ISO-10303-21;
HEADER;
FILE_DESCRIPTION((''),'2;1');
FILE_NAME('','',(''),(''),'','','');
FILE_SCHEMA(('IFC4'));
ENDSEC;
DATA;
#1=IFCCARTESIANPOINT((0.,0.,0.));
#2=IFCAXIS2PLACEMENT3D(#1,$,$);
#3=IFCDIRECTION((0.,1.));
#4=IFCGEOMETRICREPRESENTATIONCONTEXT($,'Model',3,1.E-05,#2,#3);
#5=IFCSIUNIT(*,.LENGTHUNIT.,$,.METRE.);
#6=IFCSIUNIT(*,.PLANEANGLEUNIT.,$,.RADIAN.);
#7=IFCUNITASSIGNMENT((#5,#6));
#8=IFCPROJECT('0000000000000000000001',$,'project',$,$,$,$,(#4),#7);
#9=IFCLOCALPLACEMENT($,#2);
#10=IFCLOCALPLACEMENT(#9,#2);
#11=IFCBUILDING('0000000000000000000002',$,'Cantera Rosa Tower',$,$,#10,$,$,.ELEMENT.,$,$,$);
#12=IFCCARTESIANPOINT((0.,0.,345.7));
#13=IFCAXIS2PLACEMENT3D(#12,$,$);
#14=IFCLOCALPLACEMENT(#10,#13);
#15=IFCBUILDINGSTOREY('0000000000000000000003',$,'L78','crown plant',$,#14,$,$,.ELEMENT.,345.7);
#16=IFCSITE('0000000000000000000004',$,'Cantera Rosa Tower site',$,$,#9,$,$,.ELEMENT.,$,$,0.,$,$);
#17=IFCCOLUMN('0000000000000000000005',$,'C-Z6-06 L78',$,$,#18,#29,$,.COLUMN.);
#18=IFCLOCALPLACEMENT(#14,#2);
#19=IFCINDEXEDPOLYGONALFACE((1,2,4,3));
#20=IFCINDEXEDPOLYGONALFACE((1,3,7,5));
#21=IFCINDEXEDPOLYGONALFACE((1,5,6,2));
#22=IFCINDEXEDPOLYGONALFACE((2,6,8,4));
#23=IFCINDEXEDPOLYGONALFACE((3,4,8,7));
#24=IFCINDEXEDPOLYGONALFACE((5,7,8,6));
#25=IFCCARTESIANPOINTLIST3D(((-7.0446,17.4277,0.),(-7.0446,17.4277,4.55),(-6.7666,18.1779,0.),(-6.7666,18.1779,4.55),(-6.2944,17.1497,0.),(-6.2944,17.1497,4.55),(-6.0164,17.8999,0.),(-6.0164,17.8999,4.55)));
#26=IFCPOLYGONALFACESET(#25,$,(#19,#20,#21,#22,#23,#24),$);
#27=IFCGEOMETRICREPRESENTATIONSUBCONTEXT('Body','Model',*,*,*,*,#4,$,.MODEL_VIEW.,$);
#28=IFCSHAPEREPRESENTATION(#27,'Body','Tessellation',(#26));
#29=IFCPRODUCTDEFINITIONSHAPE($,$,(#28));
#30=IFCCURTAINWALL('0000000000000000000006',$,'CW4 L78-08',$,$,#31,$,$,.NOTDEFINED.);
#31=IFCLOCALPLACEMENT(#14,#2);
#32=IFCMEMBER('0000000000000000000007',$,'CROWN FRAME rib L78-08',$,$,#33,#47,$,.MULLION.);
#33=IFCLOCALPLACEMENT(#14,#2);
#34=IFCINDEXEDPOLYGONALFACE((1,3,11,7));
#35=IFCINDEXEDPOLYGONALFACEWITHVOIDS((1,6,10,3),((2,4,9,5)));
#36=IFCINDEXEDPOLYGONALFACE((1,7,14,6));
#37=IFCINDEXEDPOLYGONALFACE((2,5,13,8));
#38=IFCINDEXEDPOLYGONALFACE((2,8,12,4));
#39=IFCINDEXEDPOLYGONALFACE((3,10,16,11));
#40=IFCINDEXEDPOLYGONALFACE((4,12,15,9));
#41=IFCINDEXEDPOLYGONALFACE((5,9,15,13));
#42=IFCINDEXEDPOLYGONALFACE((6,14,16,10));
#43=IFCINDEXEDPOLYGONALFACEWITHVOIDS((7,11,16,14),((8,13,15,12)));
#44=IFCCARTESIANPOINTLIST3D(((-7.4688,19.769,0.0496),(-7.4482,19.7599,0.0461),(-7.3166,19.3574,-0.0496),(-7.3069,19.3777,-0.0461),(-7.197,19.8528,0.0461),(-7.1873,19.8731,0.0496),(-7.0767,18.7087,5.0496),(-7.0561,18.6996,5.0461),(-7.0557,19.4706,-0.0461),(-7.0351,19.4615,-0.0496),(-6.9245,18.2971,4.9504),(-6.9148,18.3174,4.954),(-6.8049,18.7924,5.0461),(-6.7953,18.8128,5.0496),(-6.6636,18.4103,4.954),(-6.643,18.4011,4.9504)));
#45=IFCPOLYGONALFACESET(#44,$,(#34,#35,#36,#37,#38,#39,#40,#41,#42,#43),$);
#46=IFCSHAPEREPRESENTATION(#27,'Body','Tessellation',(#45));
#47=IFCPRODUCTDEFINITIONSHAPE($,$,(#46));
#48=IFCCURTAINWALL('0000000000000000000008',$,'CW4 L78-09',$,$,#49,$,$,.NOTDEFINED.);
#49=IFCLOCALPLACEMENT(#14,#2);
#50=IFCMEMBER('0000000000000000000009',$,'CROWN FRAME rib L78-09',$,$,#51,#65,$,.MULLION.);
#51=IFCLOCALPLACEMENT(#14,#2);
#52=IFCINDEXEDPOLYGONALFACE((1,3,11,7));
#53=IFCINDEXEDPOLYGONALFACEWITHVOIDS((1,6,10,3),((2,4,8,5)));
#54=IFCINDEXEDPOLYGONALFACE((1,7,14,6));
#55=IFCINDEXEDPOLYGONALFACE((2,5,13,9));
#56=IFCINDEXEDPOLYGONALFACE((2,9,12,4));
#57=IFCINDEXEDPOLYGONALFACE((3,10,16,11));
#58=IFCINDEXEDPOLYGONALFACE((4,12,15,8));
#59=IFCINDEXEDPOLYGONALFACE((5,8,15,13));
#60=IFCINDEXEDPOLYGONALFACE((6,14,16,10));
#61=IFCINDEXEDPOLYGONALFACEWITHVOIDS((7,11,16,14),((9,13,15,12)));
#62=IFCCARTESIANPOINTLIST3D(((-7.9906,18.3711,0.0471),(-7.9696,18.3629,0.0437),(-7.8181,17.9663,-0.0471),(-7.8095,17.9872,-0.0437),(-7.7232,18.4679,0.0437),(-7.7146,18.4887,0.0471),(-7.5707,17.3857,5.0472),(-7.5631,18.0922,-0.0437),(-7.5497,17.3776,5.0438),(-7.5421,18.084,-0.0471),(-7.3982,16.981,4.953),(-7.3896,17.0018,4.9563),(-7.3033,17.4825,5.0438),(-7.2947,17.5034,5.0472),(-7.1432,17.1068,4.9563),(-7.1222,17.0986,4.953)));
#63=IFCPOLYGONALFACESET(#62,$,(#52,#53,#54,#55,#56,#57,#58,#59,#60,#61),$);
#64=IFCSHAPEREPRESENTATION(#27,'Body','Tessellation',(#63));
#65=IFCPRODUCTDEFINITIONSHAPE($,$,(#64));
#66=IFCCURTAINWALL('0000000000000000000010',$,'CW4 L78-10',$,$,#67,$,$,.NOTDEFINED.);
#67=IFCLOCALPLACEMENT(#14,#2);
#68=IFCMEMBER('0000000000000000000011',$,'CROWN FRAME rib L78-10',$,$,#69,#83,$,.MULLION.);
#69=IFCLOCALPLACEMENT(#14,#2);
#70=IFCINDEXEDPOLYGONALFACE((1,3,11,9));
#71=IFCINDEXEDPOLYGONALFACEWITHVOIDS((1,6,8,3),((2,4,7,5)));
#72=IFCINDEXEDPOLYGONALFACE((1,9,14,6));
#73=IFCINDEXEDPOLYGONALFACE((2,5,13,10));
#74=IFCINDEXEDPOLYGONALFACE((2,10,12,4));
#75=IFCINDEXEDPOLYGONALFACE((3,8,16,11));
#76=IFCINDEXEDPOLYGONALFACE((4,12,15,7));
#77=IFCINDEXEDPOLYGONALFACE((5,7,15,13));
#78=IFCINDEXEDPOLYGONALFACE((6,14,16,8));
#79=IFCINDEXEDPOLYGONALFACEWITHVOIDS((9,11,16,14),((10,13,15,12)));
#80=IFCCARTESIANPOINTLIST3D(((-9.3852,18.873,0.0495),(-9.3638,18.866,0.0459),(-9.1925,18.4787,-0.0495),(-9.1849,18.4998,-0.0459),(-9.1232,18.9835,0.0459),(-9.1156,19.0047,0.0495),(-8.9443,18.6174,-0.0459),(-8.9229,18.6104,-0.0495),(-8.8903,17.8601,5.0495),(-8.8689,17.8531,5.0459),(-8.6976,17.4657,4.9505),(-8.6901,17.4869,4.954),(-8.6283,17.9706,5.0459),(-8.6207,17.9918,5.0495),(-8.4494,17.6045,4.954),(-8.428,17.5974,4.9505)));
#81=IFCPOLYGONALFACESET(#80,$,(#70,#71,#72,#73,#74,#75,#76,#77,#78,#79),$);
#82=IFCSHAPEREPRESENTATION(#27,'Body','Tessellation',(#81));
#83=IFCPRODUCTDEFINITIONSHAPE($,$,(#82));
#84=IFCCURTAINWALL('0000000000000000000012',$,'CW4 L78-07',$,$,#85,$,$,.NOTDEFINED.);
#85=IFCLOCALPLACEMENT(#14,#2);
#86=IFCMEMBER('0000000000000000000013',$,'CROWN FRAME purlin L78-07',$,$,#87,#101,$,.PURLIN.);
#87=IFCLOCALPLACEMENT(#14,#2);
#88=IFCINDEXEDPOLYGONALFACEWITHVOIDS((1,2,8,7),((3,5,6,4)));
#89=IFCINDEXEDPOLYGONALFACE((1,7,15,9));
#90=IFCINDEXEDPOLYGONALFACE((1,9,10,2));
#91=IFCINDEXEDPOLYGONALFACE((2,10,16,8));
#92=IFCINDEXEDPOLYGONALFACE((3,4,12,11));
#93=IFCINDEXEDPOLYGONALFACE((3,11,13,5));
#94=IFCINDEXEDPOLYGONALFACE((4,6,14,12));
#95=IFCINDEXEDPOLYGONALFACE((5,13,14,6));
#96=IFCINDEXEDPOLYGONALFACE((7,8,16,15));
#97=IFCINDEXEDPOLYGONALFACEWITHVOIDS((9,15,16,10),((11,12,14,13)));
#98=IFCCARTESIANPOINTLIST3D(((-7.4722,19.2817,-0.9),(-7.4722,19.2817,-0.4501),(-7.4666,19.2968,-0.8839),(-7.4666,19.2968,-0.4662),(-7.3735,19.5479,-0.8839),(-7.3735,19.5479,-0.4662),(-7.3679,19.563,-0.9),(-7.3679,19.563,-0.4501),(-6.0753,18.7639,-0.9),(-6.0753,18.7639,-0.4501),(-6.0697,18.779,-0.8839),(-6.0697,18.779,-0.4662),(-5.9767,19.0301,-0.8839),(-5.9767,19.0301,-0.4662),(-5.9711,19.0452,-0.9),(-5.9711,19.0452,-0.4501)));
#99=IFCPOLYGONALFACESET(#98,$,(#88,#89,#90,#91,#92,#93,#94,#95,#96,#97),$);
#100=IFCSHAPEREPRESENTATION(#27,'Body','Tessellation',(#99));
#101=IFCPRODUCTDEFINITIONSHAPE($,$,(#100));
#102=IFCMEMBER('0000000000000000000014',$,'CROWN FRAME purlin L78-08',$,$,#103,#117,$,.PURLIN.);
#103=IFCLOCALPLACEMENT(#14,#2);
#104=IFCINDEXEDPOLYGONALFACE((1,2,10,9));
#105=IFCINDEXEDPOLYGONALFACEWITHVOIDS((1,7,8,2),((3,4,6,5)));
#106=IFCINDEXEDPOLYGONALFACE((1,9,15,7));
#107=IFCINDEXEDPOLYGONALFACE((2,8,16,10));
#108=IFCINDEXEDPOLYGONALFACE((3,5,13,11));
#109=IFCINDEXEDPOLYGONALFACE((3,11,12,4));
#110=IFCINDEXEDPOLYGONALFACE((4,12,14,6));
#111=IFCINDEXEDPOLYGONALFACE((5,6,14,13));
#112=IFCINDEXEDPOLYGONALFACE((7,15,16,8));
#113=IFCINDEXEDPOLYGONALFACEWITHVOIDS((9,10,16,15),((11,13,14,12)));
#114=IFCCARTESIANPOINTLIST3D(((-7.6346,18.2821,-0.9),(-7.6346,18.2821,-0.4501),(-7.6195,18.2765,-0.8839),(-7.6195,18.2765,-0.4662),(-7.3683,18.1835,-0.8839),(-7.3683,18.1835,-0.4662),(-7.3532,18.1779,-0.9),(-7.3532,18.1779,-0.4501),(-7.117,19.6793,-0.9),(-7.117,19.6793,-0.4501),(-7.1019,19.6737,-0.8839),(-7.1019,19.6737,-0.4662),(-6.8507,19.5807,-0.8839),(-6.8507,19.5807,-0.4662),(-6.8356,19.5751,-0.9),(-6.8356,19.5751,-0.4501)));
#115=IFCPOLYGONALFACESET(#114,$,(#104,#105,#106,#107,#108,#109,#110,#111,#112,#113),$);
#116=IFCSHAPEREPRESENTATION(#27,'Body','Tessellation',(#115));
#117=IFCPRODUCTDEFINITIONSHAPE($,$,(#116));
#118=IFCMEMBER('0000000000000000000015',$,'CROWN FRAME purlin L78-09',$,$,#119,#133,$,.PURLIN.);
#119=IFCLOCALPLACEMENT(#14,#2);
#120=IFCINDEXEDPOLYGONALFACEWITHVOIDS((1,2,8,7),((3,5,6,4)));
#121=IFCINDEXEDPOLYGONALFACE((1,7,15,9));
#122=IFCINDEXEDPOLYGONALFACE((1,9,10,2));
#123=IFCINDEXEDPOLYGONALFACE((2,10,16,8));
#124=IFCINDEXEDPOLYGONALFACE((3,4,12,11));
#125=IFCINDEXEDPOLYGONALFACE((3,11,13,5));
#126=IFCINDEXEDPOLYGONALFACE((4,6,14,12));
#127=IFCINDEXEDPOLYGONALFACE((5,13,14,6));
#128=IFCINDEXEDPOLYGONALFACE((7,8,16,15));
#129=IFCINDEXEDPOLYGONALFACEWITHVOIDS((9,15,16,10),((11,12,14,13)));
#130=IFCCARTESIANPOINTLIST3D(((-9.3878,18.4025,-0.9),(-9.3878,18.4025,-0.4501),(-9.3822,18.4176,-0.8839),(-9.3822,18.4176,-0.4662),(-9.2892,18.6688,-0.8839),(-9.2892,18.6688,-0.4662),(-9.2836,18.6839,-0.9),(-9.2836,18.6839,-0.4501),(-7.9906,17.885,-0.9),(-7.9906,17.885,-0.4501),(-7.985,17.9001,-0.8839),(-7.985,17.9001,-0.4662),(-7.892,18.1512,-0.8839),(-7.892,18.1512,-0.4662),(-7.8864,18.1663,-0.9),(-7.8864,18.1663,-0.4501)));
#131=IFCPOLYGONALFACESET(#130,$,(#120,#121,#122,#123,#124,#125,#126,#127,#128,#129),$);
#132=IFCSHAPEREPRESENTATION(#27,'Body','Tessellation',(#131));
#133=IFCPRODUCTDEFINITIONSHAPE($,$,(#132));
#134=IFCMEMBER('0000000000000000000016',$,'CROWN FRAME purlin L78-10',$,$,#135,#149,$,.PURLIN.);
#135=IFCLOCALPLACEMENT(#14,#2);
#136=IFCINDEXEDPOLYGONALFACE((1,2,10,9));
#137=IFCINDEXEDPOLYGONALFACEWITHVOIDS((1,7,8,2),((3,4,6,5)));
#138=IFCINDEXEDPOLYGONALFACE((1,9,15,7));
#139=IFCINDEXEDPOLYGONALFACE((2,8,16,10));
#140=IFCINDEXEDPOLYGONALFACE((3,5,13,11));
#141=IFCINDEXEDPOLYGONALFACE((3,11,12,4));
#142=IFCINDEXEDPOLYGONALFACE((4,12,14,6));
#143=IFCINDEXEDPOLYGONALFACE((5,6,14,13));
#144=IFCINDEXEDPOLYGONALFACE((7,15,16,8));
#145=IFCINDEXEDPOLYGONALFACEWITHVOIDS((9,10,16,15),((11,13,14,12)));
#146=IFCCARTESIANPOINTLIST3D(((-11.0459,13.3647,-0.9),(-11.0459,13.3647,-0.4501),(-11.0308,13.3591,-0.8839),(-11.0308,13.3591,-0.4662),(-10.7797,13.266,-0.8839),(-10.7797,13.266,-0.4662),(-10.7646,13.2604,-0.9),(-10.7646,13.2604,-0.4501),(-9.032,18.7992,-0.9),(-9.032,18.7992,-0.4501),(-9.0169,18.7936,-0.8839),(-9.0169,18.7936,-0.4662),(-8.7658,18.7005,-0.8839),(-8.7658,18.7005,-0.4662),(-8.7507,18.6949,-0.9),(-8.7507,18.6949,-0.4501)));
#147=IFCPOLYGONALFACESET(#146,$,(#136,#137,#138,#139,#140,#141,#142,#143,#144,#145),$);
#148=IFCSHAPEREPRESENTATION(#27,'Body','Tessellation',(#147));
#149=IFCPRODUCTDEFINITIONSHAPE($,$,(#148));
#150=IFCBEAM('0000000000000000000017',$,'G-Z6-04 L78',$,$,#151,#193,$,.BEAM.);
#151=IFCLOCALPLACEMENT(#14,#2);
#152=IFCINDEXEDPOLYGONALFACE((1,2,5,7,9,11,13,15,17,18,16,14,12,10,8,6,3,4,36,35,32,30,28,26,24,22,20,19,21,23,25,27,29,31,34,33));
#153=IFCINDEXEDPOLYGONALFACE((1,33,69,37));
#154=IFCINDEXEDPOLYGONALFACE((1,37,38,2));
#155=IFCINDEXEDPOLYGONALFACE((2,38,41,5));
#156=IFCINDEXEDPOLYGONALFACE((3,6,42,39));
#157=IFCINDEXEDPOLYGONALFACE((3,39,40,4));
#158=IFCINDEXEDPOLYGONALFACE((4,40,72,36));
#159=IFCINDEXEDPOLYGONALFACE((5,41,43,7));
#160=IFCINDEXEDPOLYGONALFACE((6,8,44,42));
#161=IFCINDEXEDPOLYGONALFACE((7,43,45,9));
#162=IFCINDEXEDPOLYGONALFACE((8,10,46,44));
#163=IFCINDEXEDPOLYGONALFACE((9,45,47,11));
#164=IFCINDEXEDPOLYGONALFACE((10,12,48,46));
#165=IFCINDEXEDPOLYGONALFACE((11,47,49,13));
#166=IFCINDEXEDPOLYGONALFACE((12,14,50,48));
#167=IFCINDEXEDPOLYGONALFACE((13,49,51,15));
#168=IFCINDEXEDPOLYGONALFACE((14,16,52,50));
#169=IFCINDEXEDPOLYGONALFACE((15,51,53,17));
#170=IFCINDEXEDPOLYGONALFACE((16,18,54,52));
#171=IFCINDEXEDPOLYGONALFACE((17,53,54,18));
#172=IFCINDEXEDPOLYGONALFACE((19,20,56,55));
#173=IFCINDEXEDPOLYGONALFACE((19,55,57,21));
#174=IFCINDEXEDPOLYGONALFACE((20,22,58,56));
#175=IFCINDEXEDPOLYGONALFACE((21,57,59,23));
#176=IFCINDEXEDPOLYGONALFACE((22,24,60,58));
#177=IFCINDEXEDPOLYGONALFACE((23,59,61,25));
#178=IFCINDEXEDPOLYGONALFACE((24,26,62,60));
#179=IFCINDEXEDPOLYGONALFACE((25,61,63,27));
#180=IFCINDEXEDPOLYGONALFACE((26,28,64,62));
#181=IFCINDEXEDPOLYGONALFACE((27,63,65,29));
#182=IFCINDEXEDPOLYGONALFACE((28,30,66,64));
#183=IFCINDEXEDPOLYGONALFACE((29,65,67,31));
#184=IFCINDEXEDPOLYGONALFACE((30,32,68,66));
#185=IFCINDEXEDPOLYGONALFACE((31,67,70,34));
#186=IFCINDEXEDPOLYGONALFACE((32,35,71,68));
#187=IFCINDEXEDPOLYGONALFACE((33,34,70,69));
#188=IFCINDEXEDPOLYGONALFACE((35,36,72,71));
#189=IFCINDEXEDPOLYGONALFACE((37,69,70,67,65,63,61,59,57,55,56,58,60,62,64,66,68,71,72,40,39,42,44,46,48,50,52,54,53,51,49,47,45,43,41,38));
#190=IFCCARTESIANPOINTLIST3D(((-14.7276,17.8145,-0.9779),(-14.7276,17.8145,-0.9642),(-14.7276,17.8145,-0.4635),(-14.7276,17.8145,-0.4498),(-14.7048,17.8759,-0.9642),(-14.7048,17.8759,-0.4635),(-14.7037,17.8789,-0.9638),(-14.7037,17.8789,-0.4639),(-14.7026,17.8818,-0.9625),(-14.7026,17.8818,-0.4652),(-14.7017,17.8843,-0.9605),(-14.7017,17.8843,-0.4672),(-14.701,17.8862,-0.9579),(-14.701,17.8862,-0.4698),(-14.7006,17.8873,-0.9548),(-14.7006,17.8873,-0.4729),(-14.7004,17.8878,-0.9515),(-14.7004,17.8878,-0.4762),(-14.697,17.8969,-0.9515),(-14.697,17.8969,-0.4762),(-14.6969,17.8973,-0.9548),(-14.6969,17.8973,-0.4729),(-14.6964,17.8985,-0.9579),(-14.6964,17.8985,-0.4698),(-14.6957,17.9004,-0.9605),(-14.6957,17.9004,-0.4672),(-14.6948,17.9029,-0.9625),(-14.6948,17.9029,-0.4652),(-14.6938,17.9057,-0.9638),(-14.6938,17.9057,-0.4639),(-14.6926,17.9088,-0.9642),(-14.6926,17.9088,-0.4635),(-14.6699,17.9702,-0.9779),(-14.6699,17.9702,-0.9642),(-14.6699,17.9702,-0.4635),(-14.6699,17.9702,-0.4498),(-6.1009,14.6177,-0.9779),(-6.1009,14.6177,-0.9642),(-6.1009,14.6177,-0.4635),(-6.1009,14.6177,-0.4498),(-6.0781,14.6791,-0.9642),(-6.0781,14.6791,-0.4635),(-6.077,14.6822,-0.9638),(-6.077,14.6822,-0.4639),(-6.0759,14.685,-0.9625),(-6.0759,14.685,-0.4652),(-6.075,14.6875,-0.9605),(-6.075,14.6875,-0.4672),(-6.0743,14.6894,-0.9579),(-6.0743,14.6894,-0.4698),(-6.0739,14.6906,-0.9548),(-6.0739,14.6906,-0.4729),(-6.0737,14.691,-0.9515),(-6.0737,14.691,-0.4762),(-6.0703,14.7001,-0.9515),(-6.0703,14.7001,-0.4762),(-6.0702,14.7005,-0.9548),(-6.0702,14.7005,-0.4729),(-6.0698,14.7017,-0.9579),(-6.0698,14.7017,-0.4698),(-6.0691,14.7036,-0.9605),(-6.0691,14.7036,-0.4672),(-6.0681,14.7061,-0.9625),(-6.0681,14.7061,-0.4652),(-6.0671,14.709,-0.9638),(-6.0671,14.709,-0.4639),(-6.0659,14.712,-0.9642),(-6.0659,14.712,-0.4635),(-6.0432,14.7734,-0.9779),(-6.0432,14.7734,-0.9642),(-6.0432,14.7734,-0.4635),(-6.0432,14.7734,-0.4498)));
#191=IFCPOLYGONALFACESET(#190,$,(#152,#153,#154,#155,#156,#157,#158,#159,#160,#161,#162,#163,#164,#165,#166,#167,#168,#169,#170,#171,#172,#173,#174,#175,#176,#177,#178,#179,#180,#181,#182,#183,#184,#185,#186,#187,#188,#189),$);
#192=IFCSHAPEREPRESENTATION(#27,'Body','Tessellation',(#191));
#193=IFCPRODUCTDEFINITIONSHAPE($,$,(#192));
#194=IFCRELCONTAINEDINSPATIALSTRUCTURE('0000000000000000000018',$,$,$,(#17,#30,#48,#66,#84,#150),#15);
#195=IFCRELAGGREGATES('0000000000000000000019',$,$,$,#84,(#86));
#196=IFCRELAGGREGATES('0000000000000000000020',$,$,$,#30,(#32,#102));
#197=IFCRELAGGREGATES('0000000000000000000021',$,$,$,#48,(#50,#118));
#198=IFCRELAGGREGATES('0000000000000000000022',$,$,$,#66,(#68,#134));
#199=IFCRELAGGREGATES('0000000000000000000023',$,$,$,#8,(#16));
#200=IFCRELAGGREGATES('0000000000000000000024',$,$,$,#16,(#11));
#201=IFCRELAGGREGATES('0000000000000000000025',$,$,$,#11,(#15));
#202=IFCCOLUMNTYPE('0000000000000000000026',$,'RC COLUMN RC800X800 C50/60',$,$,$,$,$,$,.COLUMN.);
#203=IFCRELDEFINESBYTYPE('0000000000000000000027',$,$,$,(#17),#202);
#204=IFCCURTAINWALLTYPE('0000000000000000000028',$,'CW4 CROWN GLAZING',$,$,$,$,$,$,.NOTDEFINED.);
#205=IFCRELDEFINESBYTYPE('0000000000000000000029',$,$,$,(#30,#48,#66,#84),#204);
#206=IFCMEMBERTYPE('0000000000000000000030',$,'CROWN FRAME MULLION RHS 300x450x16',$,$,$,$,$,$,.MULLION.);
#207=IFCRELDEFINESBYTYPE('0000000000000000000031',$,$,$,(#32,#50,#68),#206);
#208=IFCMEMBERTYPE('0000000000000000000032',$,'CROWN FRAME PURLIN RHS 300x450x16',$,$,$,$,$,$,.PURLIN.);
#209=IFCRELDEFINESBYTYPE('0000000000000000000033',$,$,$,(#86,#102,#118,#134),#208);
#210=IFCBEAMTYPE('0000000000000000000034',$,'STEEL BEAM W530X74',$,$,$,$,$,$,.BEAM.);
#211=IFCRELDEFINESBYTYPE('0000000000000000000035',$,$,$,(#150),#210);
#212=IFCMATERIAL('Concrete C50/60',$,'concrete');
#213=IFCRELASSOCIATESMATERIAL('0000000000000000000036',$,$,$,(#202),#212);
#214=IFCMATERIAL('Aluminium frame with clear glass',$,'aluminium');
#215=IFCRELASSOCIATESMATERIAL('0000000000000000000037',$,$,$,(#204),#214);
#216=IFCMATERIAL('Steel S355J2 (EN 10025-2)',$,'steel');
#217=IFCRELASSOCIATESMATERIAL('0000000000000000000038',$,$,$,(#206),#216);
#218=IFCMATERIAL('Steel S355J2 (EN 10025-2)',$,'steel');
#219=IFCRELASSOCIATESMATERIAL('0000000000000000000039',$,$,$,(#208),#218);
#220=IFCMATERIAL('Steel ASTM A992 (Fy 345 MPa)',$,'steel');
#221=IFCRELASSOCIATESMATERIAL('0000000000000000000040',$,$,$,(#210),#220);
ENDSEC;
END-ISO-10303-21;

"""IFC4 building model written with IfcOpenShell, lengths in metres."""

from ifc_helpers import new_model, si_unit, direction, frame, origin, origin_2d, place, context, subcontext, project, spatial, rectangle, hollow_rectangle, i_section, extrude, material, material_profile, profile_set, type_object, element, aggregate, save


model = new_model("IFC4")

# Units and contexts
model_context = context("Model", 3, precision=1e-05, world=origin(), true_north=direction((0.0, 1.0)))
body_context = subcontext(model_context, "Body", "Model", "MODEL_VIEW")
ifc_project = project(units=[si_unit("LENGTHUNIT", "METRE"), si_unit("PLANEANGLEUNIT", "RADIAN")], contexts=[model_context])

# Site, building, storey
site_placement = place(None, origin())
site = spatial("IfcSite", under=ifc_project, at=site_placement, Name="Cantera Rosa Tower site", CompositionType="ELEMENT", RefElevation=0.0)
building_placement = place(site_placement, origin())
building = spatial("IfcBuilding", under=site, at=building_placement, Name="Cantera Rosa Tower", CompositionType="ELEMENT")
storey_placement = place(building_placement, frame((0.0, 0.0, 345.7)))
storey = spatial("IfcBuildingStorey", under=building, at=storey_placement, Name="L78", Description="crown plant", CompositionType="ELEMENT", Elevation=345.7)

# Column
ifc_material_1 = material(Name="Concrete C50/60", Category="concrete")
ifc_material_profile_1 = material_profile(ifc_material_1, rectangle(XDim=0.8, YDim=0.8, at=origin_2d()), Name="RC COLUMN RC800X800 C50/60")
ifc_profile_set_1 = profile_set([ifc_material_profile_1], Name="Concrete C50/60")
column_type = type_object("IfcColumnType", Name="RC COLUMN RC800X800 C50/60", PredefinedType="COLUMN", material=ifc_profile_set_1)
column_placement = place(storey_placement, frame((-6.5305, 17.6638, 0.0), z_axis=(0.0, 0.0, 1.0), x_axis=(0.347481, 0.937687, 0.0)))
element("IfcColumn", 1, at=column_placement, inside=storey, type_object=column_type, Name="C-Z6-06 L78", PredefinedType="COLUMN", context=body_context, shape_type="SweptSolid", body=[
    extrude(rectangle(XDim=0.8, YDim=0.8, at=origin_2d()), origin(), (0.0, 0.0, 1.0), 4.55),
])

# Curtain walls, members
ifc_material_2 = material(Name="Aluminium frame with clear glass", Category="aluminium")
curtain_wall_type = type_object("IfcCurtainWallType", Name="CW4 CROWN GLAZING", PredefinedType="NOTDEFINED", material=ifc_material_2)
curtain_wall_1_placement = place(storey_placement, origin())
curtain_wall_1 = element("IfcCurtainWall", 2, at=curtain_wall_1_placement, inside=storey, type_object=curtain_wall_type, Name="CW4 L78-08", PredefinedType="NOTDEFINED")
ifc_material_3 = material(Name="Steel S355J2 (EN 10025-2)", Category="steel")
ifc_material_profile_2 = material_profile(ifc_material_3, hollow_rectangle(XDim=0.3, YDim=0.45, WallThickness=0.0161, at=origin_2d()), Name="CROWN FRAME MULLION RHS 300x450x16")
ifc_profile_set_2 = profile_set([ifc_material_profile_2], Name="Steel S355J2 (EN 10025-2)")
member_type_1 = type_object("IfcMemberType", Name="CROWN FRAME MULLION RHS 300x450x16", PredefinedType="MULLION", material=ifc_profile_set_2)
member_1_placement = place(storey_placement, frame((-7.252, 19.6152, 0.0), z_axis=(0.076487, -0.20684, 0.97538), x_axis=(0.937926, 0.346836, 0.0)))
member_1 = element("IfcMember", 3, at=member_1_placement, type_object=member_type_1, Name="CROWN FRAME rib L78-08", PredefinedType="MULLION", context=body_context, shape_type="SweptSolid", body=[
    extrude(hollow_rectangle(XDim=0.3, YDim=0.45, WallThickness=0.0161, at=origin_2d()), origin(), (0.0, 0.0, 1.0), 5.1262),
])
curtain_wall_2_placement = place(storey_placement, origin())
curtain_wall_2 = element("IfcCurtainWall", 4, at=curtain_wall_2_placement, inside=storey, type_object=curtain_wall_type, Name="CW4 L78-09", PredefinedType="NOTDEFINED")
member_2_placement = place(storey_placement, frame((-7.7664, 18.2275, 0.0), z_axis=(0.082121, -0.192698, 0.977816), x_axis=(0.919945, 0.392048, 0.0)))
member_2 = element("IfcMember", 5, at=member_2_placement, type_object=member_type_1, Name="CROWN FRAME rib L78-09", PredefinedType="MULLION", context=body_context, shape_type="SweptSolid", body=[
    extrude(hollow_rectangle(XDim=0.3, YDim=0.45, WallThickness=0.0161, at=origin_2d()), origin(), (0.0, 0.0, 1.0), 5.1135),
])
curtain_wall_3_placement = place(storey_placement, origin())
curtain_wall_3 = element("IfcCurtainWall", 6, at=curtain_wall_3_placement, inside=storey, type_object=curtain_wall_type, Name="CW4 L78-10", PredefinedType="NOTDEFINED")
member_3_placement = place(storey_placement, frame((-9.1541, 18.7417, 0.0), z_axis=(0.096551, -0.197627, 0.975511), x_axis=(0.898504, 0.438965, 0.0)))
member_3 = element("IfcMember", 7, at=member_3_placement, type_object=member_type_1, Name="CROWN FRAME rib L78-10", PredefinedType="MULLION", context=body_context, shape_type="SweptSolid", body=[
    extrude(hollow_rectangle(XDim=0.3, YDim=0.45, WallThickness=0.0161, at=origin_2d()), origin(), (0.0, 0.0, 1.0), 5.1255),
])
curtain_wall_4_placement = place(storey_placement, origin())
curtain_wall_4 = element("IfcCurtainWall", 8, at=curtain_wall_4_placement, inside=storey, type_object=curtain_wall_type, Name="CW4 L78-07", PredefinedType="NOTDEFINED")
ifc_material_4 = material(Name="Steel S355J2 (EN 10025-2)", Category="steel")
ifc_material_profile_3 = material_profile(ifc_material_4, hollow_rectangle(XDim=0.3, YDim=0.45, WallThickness=0.0161, at=origin_2d()), Name="CROWN FRAME PURLIN RHS 300x450x16")
ifc_profile_set_3 = profile_set([ifc_material_profile_3], Name="Steel S355J2 (EN 10025-2)")
member_type_2 = type_object("IfcMemberType", Name="CROWN FRAME PURLIN RHS 300x450x16", PredefinedType="PURLIN", material=ifc_profile_set_3)
member_4_placement = place(storey_placement, frame((-6.0232, 18.9045, -0.675), z_axis=(-0.937656, 0.347565, 0.0), x_axis=(-0.347565, -0.937656, 0.0)))
member_4 = element("IfcMember", 9, at=member_4_placement, type_object=member_type_2, Name="CROWN FRAME purlin L78-07", PredefinedType="PURLIN", context=body_context, shape_type="SweptSolid", body=[
    extrude(hollow_rectangle(XDim=0.3, YDim=0.45, WallThickness=0.0161, at=origin_2d()), origin(), (0.0, 0.0, 1.0), 1.4897),
])

# Members
member_5_placement = place(storey_placement, frame((-6.9763, 19.6272, -0.675), z_axis=(-0.347368, -0.937729, 0.0), x_axis=(0.937729, -0.347368, 0.0)))
member_5 = element("IfcMember", 10, at=member_5_placement, type_object=member_type_2, Name="CROWN FRAME purlin L78-08", PredefinedType="PURLIN", context=body_context, shape_type="SweptSolid", body=[
    extrude(hollow_rectangle(XDim=0.3, YDim=0.45, WallThickness=0.0161, at=origin_2d()), origin(), (0.0, 0.0, 1.0), 1.49),
])
member_6_placement = place(storey_placement, frame((-7.9385, 18.0256, -0.675), z_axis=(-0.937729, 0.347368, 0.0), x_axis=(-0.347368, -0.937729, 0.0)))
member_6 = element("IfcMember", 11, at=member_6_placement, type_object=member_type_2, Name="CROWN FRAME purlin L78-09", PredefinedType="PURLIN", context=body_context, shape_type="SweptSolid", body=[
    extrude(hollow_rectangle(XDim=0.3, YDim=0.45, WallThickness=0.0161, at=origin_2d()), origin(), (0.0, 0.0, 1.0), 1.49),
])
member_7_placement = place(storey_placement, frame((-8.8914, 18.7471, -0.675), z_axis=(-0.347483, -0.937686, 0.0), x_axis=(0.937686, -0.347483, 0.0)))
member_7 = element("IfcMember", 12, at=member_7_placement, type_object=member_type_2, Name="CROWN FRAME purlin L78-10", PredefinedType="PURLIN", context=body_context, shape_type="SweptSolid", body=[
    extrude(hollow_rectangle(XDim=0.3, YDim=0.45, WallThickness=0.0161, at=origin_2d()), origin(), (0.0, 0.0, 1.0), 5.7957),
])

# Beam
ifc_material_5 = material(Name="Steel ASTM A992 (Fy 345 MPa)", Category="steel")
ifc_material_profile_4 = material_profile(ifc_material_5, i_section(OverallWidth=0.166, OverallDepth=0.5281, WebThickness=0.0098, FlangeThickness=0.0137, FilletRadius=0.0127, at=origin_2d()), Name="W530X74")
ifc_profile_set_4 = profile_set([ifc_material_profile_4], Name="Steel ASTM A992 (Fy 345 MPa)")
beam_type_1 = type_object("IfcBeamType", Name="STEEL BEAM W530X74", PredefinedType="BEAM", material=ifc_profile_set_4)
beam_1_placement = place(storey_placement, frame((-14.6987, 17.8923, -0.7139), z_axis=(0.937689, -0.347477, 0.0), x_axis=(0.347477, 0.937689, 0.0)))
element("IfcBeam", 13, at=beam_1_placement, inside=storey, type_object=beam_type_1, Name="G-Z6-04 L78", PredefinedType="BEAM", context=body_context, shape_type="SweptSolid", body=[
    extrude(i_section(OverallWidth=0.166, OverallDepth=0.5281, WebThickness=0.0098, FlangeThickness=0.0137, FilletRadius=0.0127, at=origin_2d()), origin(), (0.0, 0.0, 1.0), 9.2),
])

aggregate(curtain_wall_4, [member_4])
aggregate(curtain_wall_1, [member_1, member_5])
aggregate(curtain_wall_2, [member_2, member_6])
aggregate(curtain_wall_3, [member_3, member_7])

save(model, "model.ifc")
